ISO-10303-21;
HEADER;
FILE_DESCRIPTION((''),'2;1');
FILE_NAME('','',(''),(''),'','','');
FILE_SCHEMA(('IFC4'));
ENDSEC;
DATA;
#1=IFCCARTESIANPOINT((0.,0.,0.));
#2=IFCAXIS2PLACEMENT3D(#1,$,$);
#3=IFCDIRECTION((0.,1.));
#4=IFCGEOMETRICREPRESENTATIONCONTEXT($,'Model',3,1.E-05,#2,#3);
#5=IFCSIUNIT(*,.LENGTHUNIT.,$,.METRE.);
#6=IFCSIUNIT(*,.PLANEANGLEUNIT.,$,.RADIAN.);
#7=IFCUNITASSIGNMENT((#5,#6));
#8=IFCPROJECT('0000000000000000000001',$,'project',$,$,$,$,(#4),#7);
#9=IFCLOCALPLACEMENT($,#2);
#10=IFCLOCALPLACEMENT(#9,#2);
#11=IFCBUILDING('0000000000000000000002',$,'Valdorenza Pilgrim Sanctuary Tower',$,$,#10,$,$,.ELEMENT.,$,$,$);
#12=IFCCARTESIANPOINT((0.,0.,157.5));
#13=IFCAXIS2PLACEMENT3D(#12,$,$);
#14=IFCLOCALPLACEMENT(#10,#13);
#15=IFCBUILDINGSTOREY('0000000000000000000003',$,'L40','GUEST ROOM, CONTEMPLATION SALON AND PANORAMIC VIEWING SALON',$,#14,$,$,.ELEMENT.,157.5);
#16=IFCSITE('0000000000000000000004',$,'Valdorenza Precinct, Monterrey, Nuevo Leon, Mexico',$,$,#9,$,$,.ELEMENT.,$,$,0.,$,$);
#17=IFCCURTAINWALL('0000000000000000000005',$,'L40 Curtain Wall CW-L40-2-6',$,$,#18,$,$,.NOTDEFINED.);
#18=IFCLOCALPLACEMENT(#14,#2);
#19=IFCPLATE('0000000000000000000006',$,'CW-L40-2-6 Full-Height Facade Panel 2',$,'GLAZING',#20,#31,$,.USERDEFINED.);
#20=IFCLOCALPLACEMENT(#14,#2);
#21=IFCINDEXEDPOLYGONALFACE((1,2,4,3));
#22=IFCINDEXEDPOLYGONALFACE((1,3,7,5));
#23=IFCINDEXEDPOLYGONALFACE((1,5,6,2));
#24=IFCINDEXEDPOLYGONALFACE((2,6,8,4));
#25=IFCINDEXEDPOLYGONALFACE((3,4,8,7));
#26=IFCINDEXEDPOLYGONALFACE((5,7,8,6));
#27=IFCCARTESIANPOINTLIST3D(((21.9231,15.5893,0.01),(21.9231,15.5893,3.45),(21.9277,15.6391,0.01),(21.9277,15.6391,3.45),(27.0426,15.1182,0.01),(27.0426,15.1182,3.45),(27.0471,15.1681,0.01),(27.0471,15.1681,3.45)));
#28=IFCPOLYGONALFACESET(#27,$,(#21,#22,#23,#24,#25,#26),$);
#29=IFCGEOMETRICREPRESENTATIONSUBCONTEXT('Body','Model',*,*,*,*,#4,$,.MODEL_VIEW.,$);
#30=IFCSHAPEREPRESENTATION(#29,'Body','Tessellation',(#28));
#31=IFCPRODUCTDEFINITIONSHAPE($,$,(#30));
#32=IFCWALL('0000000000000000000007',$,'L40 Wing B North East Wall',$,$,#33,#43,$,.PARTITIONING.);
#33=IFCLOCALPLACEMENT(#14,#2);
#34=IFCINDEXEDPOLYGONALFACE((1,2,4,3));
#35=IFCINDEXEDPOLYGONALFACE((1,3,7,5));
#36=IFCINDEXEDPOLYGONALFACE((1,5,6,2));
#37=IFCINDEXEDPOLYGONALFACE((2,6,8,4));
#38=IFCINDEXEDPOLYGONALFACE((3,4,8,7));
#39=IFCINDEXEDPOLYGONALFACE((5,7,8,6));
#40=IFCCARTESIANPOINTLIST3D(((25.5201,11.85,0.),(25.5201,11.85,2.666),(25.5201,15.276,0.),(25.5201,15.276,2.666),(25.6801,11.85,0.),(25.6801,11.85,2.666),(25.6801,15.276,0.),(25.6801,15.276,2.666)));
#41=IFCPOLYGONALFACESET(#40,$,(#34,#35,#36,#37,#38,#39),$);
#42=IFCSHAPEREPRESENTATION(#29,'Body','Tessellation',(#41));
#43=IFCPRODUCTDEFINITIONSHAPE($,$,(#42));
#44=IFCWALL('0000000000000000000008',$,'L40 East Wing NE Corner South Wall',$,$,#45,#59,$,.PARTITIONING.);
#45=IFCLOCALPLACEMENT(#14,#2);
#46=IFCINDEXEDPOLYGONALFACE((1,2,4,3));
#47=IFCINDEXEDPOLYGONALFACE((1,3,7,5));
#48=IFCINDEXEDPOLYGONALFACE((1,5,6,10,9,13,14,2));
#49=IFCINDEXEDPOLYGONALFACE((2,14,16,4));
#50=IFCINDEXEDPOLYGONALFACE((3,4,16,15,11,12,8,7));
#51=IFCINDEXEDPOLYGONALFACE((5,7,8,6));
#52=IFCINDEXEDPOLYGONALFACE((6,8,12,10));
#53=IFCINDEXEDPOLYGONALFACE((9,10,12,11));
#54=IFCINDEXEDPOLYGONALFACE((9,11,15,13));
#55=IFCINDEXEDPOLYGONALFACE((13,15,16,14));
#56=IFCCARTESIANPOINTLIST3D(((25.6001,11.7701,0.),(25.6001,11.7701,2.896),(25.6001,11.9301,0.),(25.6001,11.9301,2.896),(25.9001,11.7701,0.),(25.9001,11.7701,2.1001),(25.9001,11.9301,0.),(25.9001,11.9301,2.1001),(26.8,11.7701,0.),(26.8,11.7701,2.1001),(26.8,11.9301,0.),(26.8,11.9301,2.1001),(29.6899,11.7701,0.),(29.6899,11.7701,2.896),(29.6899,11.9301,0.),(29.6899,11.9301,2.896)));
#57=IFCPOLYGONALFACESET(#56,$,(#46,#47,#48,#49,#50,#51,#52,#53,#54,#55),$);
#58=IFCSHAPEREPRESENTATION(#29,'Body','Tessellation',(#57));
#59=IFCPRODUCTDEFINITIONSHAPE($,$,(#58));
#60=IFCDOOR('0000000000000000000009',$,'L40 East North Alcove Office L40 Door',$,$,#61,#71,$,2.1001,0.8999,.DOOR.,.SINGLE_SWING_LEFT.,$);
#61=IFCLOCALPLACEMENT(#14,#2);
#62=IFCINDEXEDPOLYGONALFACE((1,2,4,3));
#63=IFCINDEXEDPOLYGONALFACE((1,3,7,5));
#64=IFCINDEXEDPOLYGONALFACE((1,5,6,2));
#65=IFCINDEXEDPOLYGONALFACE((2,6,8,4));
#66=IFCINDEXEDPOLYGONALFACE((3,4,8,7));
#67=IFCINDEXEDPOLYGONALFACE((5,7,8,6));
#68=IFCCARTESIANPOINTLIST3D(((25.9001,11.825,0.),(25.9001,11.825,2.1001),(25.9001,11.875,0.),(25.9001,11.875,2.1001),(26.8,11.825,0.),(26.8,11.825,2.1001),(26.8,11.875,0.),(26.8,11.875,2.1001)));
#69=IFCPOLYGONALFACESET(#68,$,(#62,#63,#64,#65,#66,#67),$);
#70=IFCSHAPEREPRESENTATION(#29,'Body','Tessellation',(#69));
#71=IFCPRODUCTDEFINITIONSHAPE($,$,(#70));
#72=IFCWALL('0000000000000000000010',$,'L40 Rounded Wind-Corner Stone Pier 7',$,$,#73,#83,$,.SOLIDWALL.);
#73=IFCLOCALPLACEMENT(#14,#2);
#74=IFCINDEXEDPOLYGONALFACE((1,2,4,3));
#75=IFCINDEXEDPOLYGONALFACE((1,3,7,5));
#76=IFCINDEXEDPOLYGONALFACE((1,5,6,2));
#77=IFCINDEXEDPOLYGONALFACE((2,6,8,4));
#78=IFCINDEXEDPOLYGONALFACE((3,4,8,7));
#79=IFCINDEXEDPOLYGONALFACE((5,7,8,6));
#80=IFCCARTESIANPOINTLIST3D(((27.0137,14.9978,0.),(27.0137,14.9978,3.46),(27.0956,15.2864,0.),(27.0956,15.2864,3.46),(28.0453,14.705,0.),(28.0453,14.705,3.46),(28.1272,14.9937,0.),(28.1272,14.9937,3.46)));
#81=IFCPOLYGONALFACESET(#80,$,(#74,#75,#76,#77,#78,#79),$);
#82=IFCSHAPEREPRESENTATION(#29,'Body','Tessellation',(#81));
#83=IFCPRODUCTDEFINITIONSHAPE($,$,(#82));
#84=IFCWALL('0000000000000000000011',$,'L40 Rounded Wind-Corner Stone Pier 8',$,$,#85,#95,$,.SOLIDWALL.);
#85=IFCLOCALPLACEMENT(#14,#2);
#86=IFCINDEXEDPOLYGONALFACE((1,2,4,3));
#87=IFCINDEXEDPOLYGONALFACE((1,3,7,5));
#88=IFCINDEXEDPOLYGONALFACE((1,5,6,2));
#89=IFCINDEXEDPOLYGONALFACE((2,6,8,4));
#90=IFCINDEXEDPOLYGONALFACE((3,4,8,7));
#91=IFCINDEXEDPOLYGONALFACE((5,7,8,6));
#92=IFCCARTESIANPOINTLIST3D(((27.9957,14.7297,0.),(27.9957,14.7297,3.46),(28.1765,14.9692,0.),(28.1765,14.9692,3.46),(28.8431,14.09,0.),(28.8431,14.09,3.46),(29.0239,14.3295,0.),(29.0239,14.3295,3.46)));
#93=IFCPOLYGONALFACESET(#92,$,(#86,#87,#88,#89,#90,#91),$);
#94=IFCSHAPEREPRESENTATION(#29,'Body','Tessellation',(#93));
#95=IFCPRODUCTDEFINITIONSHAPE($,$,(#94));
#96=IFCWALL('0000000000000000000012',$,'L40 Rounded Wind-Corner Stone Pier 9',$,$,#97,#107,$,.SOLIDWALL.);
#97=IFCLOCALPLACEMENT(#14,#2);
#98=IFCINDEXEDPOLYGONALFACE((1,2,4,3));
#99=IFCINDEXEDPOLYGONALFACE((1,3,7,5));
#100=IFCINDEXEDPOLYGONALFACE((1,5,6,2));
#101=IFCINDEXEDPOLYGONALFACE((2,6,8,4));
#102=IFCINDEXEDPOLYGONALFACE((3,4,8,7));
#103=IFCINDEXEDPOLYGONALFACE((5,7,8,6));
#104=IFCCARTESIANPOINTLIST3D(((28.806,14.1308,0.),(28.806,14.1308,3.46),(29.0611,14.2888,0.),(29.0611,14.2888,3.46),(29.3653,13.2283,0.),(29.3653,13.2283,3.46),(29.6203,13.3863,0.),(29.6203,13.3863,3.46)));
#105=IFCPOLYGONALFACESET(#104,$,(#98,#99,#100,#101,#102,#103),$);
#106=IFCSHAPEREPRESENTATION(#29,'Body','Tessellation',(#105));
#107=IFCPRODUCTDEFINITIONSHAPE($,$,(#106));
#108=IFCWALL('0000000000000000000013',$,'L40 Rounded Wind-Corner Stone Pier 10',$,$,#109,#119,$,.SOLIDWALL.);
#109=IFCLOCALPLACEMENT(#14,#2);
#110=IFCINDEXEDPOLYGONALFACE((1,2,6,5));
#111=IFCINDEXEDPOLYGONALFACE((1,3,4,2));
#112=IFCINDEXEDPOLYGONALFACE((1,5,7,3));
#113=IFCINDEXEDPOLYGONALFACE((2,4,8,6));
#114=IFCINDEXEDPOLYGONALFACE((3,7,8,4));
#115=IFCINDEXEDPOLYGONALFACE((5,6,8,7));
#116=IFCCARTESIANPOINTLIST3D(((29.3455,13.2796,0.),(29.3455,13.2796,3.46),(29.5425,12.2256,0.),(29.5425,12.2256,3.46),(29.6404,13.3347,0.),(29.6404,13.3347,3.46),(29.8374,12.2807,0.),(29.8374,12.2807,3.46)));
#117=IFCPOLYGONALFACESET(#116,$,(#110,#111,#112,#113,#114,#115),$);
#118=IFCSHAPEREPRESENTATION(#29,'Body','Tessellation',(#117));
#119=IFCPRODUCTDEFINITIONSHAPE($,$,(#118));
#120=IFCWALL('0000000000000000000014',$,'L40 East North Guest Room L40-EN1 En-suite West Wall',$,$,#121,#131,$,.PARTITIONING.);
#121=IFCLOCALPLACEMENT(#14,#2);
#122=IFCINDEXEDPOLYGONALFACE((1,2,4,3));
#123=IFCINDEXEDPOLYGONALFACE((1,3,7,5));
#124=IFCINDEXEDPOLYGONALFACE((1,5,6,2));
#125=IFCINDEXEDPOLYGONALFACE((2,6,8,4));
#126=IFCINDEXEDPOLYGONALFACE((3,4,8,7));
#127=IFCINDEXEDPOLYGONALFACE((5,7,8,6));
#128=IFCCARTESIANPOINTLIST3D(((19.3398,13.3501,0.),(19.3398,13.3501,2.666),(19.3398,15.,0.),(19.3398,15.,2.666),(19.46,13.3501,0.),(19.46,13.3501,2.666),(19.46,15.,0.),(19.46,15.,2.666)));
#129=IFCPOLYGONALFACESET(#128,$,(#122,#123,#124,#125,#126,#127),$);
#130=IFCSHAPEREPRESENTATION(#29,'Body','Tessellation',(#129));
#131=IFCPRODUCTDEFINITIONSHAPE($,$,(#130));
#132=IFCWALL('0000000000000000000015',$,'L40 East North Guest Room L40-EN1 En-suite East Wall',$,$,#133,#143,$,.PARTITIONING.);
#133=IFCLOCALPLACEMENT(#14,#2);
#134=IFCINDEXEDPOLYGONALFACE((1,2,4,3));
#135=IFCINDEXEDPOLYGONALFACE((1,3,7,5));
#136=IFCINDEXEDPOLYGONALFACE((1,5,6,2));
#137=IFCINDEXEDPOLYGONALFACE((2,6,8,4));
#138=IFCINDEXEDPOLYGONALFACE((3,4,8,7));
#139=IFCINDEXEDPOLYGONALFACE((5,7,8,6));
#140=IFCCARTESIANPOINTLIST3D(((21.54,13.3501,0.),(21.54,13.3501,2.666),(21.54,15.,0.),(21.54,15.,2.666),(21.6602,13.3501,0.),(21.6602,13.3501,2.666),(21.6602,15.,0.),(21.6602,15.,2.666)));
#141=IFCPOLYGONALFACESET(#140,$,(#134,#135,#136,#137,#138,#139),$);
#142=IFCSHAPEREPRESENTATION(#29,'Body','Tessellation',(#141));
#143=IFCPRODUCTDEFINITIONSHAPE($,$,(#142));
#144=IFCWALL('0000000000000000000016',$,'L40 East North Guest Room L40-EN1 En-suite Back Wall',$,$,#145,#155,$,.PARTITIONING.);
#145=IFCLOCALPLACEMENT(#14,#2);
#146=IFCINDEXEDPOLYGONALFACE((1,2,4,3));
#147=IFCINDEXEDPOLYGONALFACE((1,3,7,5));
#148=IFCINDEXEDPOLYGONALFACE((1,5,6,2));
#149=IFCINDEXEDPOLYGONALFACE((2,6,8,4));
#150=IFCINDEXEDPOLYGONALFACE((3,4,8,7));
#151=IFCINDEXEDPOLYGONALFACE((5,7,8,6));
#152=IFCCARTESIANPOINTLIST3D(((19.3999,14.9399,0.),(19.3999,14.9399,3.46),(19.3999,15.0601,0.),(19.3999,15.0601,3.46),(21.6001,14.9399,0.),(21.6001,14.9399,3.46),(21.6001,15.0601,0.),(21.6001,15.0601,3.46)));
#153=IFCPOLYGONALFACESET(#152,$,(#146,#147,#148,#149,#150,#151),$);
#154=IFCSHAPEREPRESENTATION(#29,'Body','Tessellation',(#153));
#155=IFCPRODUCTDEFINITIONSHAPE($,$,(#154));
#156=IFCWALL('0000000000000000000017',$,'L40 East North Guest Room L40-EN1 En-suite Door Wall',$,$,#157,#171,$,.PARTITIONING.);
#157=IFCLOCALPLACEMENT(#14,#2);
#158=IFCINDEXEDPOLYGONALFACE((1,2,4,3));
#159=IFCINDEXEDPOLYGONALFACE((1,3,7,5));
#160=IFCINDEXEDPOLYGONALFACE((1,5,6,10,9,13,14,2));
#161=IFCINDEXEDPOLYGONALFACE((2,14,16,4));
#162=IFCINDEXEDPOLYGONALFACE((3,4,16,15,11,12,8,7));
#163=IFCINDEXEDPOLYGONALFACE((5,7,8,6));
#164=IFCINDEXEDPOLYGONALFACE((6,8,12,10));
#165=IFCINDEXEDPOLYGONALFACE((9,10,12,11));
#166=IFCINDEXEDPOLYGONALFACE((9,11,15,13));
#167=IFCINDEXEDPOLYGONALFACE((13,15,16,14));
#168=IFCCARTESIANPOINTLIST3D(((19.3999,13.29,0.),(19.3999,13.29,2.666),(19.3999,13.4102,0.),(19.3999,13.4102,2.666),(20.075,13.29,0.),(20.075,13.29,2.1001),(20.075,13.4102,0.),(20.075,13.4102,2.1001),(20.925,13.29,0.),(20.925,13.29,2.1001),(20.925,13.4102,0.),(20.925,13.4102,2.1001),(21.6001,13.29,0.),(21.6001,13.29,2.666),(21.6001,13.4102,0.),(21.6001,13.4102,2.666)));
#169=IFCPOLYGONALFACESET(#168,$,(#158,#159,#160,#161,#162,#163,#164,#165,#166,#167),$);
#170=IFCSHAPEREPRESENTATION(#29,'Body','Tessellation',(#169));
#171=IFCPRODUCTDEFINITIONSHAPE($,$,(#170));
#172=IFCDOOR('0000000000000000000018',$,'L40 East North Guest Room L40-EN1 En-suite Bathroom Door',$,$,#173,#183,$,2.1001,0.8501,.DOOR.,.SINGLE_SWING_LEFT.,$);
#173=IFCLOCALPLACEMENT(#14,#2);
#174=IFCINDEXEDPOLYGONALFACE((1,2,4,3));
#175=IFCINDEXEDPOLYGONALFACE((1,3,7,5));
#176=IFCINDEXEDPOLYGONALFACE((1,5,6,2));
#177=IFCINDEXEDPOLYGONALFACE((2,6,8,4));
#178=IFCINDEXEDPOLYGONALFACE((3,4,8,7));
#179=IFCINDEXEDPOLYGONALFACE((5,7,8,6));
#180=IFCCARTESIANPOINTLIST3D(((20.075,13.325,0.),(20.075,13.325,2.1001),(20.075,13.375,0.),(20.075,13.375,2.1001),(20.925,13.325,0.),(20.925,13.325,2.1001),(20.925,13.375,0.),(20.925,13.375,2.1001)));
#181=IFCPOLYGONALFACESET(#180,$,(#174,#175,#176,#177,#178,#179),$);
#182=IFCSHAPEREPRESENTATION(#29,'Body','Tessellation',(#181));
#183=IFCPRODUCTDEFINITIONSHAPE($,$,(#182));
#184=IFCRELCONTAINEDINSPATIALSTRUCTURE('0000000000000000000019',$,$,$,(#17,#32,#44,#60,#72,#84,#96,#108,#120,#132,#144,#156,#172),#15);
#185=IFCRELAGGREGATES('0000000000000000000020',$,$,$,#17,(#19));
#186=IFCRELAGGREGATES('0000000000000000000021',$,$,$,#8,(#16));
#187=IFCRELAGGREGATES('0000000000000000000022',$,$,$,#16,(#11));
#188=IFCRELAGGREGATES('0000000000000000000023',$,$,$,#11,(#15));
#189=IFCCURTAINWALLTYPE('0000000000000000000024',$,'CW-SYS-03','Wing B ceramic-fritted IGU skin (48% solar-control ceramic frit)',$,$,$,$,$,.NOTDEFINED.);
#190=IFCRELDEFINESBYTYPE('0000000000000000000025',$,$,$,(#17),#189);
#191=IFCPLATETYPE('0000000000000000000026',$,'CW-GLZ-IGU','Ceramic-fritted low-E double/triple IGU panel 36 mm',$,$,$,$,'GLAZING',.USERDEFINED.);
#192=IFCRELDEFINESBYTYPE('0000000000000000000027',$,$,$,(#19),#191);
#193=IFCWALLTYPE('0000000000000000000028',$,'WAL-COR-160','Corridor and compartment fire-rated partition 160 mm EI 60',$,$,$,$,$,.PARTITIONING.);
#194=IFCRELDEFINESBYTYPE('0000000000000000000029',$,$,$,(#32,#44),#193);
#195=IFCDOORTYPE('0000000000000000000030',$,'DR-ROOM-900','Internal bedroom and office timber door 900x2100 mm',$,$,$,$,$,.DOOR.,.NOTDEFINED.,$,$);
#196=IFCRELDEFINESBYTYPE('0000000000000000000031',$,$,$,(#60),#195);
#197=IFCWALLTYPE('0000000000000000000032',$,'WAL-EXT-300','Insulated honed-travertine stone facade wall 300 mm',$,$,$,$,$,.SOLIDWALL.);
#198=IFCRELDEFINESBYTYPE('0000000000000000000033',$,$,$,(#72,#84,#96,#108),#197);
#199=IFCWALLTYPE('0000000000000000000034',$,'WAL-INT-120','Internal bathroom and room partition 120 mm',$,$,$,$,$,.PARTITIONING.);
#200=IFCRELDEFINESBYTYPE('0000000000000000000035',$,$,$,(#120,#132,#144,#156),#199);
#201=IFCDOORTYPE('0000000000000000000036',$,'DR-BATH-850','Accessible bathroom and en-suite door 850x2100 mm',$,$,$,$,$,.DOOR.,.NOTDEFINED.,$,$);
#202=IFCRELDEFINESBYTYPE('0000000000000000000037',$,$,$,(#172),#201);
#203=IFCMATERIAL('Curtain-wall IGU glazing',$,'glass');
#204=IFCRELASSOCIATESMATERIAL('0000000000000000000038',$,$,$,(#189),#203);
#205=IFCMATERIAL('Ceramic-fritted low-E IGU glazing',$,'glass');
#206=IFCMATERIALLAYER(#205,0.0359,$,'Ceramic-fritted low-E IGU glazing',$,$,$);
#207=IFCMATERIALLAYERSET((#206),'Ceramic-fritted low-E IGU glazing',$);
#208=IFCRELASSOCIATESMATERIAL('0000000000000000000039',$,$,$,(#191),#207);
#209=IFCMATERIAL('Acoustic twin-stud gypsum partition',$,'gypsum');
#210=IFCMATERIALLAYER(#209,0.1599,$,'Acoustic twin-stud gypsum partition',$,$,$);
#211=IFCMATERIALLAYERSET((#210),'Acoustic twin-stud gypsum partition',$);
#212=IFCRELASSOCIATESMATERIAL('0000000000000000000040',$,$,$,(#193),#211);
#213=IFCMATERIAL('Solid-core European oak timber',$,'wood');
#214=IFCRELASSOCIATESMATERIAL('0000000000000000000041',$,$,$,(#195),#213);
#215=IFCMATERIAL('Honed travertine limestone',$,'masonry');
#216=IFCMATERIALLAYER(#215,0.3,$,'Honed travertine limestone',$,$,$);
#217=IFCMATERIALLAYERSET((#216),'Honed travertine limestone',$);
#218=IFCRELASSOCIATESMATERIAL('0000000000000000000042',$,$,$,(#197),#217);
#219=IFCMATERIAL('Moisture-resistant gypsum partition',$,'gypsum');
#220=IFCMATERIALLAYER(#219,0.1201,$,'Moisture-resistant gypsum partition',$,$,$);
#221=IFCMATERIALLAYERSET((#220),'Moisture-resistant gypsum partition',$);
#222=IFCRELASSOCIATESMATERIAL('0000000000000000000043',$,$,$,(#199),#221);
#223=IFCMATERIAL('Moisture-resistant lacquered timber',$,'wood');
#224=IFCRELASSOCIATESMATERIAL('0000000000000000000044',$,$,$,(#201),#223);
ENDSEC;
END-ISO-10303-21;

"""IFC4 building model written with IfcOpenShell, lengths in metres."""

from ifc_helpers import new_model, si_unit, direction, frame, frame_2d, origin, origin_2d, place, context, subcontext, project, spatial, rectangle, extrude, source, transform, mapped, material, layer, layer_set, type_object, element, fill, aggregate, save


model = new_model("IFC4")

# Units and contexts
model_context = context("Model", 3, precision=1e-05, world=origin(), true_north=direction((0.0, 1.0)))
body_context = subcontext(model_context, "Body", "Model", "MODEL_VIEW")
ifc_project = project(units=[si_unit("LENGTHUNIT", "METRE"), si_unit("PLANEANGLEUNIT", "RADIAN")], contexts=[model_context])

# Site, building, storey
site_placement = place(None, origin())
site = spatial("IfcSite", under=ifc_project, at=site_placement, Name="Valdorenza Precinct, Monterrey, Nuevo Leon, Mexico", CompositionType="ELEMENT", RefElevation=0.0)
building_placement = place(site_placement, origin())
building = spatial("IfcBuilding", under=site, at=building_placement, Name="Valdorenza Pilgrim Sanctuary Tower", CompositionType="ELEMENT")
storey_placement = place(building_placement, frame((0.0, 0.0, 157.5)))
storey = spatial("IfcBuildingStorey", under=building, at=storey_placement, Name="L40", Description="GUEST ROOM, CONTEMPLATION SALON AND PANORAMIC VIEWING SALON", CompositionType="ELEMENT", Elevation=157.5)

# Curtain wall
ifc_material_1 = material(Name="Curtain-wall IGU glazing", Category="glass")
curtain_wall_type = type_object("IfcCurtainWallType", Name="CW-SYS-03", Description="Wing B ceramic-fritted IGU skin (48% solar-control ceramic frit)", PredefinedType="NOTDEFINED", material=ifc_material_1)
curtain_wall_1_placement = place(storey_placement, origin())
curtain_wall_1 = element("IfcCurtainWall", 1, at=curtain_wall_1_placement, inside=storey, type_object=curtain_wall_type, Name="L40 Curtain Wall CW-L40-2-6", PredefinedType="NOTDEFINED")

# Plate
ifc_material_2 = material(Name="Honed travertine limestone", Category="masonry")
ifc_material_3 = material(Name="Ceramic-fritted low-E IGU glazing", Category="glass")
ifc_layer_1 = layer(ifc_material_3, 0.0359, Name="Ceramic-fritted low-E IGU glazing")
ifc_layer_set_1 = layer_set([ifc_layer_1], Name="Ceramic-fritted low-E IGU glazing")
plate_type_1 = type_object("IfcPlateType", Name="CW-GLZ-IGU", Description="Ceramic-fritted low-E double/triple IGU panel 36 mm", ElementType="GLAZING", PredefinedType="USERDEFINED", material=ifc_layer_set_1)
shared_shape_1 = source(origin(), body_context, "Body", "SweptSolid", [
    extrude(rectangle(XDim=5.1411, YDim=0.05, at=origin_2d()), origin(), (0.0, 0.0, 1.0), 3.4399),
])
plate_1_placement = place(storey_placement, frame((24.4851, 15.3787, 0.01), z_axis=(0.0, 0.0, 1.0), x_axis=(0.995794, -0.091623, 0.0)))
plate_1 = element("IfcPlate", 2, at=plate_1_placement, type_object=plate_type_1, Name="CW-L40-2-6 Full-Height Facade Panel 2", ObjectType="GLAZING", PredefinedType="USERDEFINED", context=body_context, shape_type="MappedRepresentation", body=[
    mapped(shared_shape_1, transform((0.0, 0.0, 0.0), x_axis=(1.0, 0.0, 0.0), y_axis=(0.0, 1.0, 0.0), z_axis=(0.0, 0.0, 1.0), scale=1.0)),
])
aggregate(curtain_wall_1, [plate_1])

# Wall
ifc_material_4 = material(Name="Acoustic twin-stud gypsum partition", Category="gypsum")
ifc_layer_2 = layer(ifc_material_4, 0.1599, Name="Acoustic twin-stud gypsum partition")
ifc_layer_set_2 = layer_set([ifc_layer_2], Name="Acoustic twin-stud gypsum partition")
wall_type_1 = type_object("IfcWallType", Name="WAL-COR-160", Description="Corridor and compartment fire-rated partition 160 mm EI 60", PredefinedType="PARTITIONING", material=ifc_layer_set_2)
wall_1_placement = place(storey_placement, frame((25.6001, 11.8501, 0.0), z_axis=(0.0, 0.0, 1.0), x_axis=(0.0, 1.0, 0.0)))
element("IfcWall", 3, at=wall_1_placement, inside=storey, type_object=wall_type_1, Name="L40 Wing B North East Wall", PredefinedType="PARTITIONING", context=body_context, shape_type="SweptSolid", body=[
    extrude(rectangle(XDim=3.426, YDim=0.1599, at=frame_2d((1.7129, 0.0))), origin(), (0.0, 0.0, 1.0), 2.666),
])

# Wall, opening, door
wall_2_placement = place(storey_placement, frame((25.6001, 11.8501, 0.0), z_axis=(0.0, 0.0, 1.0), x_axis=(1.0, 0.0, 0.0)))
wall_2 = element("IfcWall", 4, at=wall_2_placement, inside=storey, type_object=wall_type_1, Name="L40 East Wing NE Corner South Wall", PredefinedType="PARTITIONING", context=body_context, shape_type="SweptSolid", body=[
    extrude(rectangle(XDim=4.0898, YDim=0.1599, at=frame_2d((2.0449, 0.0))), origin(), (0.0, 0.0, 1.0), 2.896),
])
opening_1_placement = place(wall_2_placement, frame((0.3, 0.0, 0.0)))
opening_1 = element("IfcOpeningElement", 5, at=opening_1_placement, cuts=wall_2, PredefinedType="OPENING", context=body_context, shape_type="SweptSolid", body=[
    extrude(rectangle(XDim=0.8999, YDim=2.1001, at=frame_2d((0.45, 1.05))), frame((0.0, 0.0947, 0.0), z_axis=(0.0, -1.0, 0.0), x_axis=(1.0, 0.0, 0.0)), (0.0, 0.0, 1.0), 0.1897),
])
ifc_material_5 = material(Name="Solid-core European oak timber", Category="wood")
door_type_1 = type_object("IfcDoorType", Name="DR-ROOM-900", Description="Internal bedroom and office timber door 900x2100 mm", OperationType="NOTDEFINED", PredefinedType="DOOR", material=ifc_material_5)
door_1_placement = place(opening_1_placement, origin())
door_1 = element("IfcDoor", 6, at=door_1_placement, inside=storey, type_object=door_type_1, Name="L40 East North Alcove Office L40 Door", OperationType="SINGLE_SWING_LEFT", OverallHeight=2.1001, OverallWidth=0.8999, PredefinedType="DOOR", context=body_context, shape_type="SweptSolid", body=[
    extrude(rectangle(XDim=0.8999, YDim=2.1001, at=frame_2d((0.45, 1.05))), frame((0.0, 0.0249, 0.0), z_axis=(0.0, -1.0, 0.0), x_axis=(1.0, 0.0, 0.0)), (0.0, 0.0, 1.0), 0.05),
])
fill(opening_1, door_1)

# Walls
ifc_layer_3 = layer(ifc_material_2, 0.3, Name="Honed travertine limestone")
ifc_layer_set_3 = layer_set([ifc_layer_3], Name="Honed travertine limestone")
wall_type_2 = type_object("IfcWallType", Name="WAL-EXT-300", Description="Insulated honed-travertine stone facade wall 300 mm", PredefinedType="SOLIDWALL", material=ifc_layer_set_3)
wall_3_placement = place(storey_placement, frame((27.0547, 15.1421, 0.0), z_axis=(0.0, 0.0, 1.0), x_axis=(0.962012, -0.273007, 0.0)))
element("IfcWall", 7, at=wall_3_placement, inside=storey, type_object=wall_type_2, Name="L40 Rounded Wind-Corner Stone Pier 7", PredefinedType="SOLIDWALL", context=body_context, shape_type="SweptSolid", body=[
    extrude(rectangle(XDim=1.0723, YDim=0.3, at=frame_2d((0.5361, 0.0))), origin(), (0.0, 0.0, 1.0), 3.46),
])
for number, where, z_axis, x_axis, name in (
    (8, (28.0862, 14.8494, 0.0), (0.0, 0.0, 1.0), (0.798147, -0.602462, 0.0), "L40 Rounded Wind-Corner Stone Pier 8"),
    (9, (28.9336, 14.2097, 0.0), (0.0, 0.0, 1.0), (0.52675, -0.85002, 0.0), "L40 Rounded Wind-Corner Stone Pier 9"),
):
    element("IfcWall", number, at=place(storey_placement, frame(where, z_axis=z_axis, x_axis=x_axis)), inside=storey, type_object=wall_type_2, Name=name, PredefinedType="SOLIDWALL", context=body_context, shape_type="SweptSolid", body=[
        extrude(rectangle(XDim=1.0618, YDim=0.3, at=frame_2d((0.5308, 0.0))), origin(), (0.0, 0.0, 1.0), 3.46),
    ])
wall_4_placement = place(storey_placement, frame((29.4929, 13.3071, 0.0), z_axis=(0.0, 0.0, 1.0), x_axis=(0.183752, -0.982973, 0.0)))
element("IfcWall", 10, at=wall_4_placement, inside=storey, type_object=wall_type_2, Name="L40 Rounded Wind-Corner Stone Pier 10", PredefinedType="SOLIDWALL", context=body_context, shape_type="SweptSolid", body=[
    extrude(rectangle(XDim=1.0723, YDim=0.3, at=frame_2d((0.5361, 0.0))), origin(), (0.0, 0.0, 1.0), 3.46),
])
ifc_material_6 = material(Name="Moisture-resistant gypsum partition", Category="gypsum")
ifc_layer_4 = layer(ifc_material_6, 0.1201, Name="Moisture-resistant gypsum partition")
ifc_layer_set_4 = layer_set([ifc_layer_4], Name="Moisture-resistant gypsum partition")
wall_type_3 = type_object("IfcWallType", Name="WAL-INT-120", Description="Internal bathroom and room partition 120 mm", PredefinedType="PARTITIONING", material=ifc_layer_set_4)
for number, where, z_axis, x_axis, name in (
    (11, (19.3999, 13.3501, 0.0), (0.0, 0.0, 1.0), (0.0, 1.0, 0.0), "L40 East North Guest Room L40-EN1 En-suite West Wall"),
    (12, (21.6001, 13.3501, 0.0), (0.0, 0.0, 1.0), (0.0, 1.0, 0.0), "L40 East North Guest Room L40-EN1 En-suite East Wall"),
):
    element("IfcWall", number, at=place(storey_placement, frame(where, z_axis=z_axis, x_axis=x_axis)), inside=storey, type_object=wall_type_3, Name=name, PredefinedType="PARTITIONING", context=body_context, shape_type="SweptSolid", body=[
        extrude(rectangle(XDim=1.6499, YDim=0.1201, at=frame_2d((0.825, 0.0))), origin(), (0.0, 0.0, 1.0), 2.666),
    ])
wall_5_placement = place(storey_placement, frame((19.3999, 15.0, 0.0), z_axis=(0.0, 0.0, 1.0), x_axis=(1.0, 0.0, 0.0)))
element("IfcWall", 13, at=wall_5_placement, inside=storey, type_object=wall_type_3, Name="L40 East North Guest Room L40-EN1 En-suite Back Wall", PredefinedType="PARTITIONING", context=body_context, shape_type="SweptSolid", body=[
    extrude(rectangle(XDim=2.2002, YDim=0.1201, at=frame_2d((1.1001, 0.0))), origin(), (0.0, 0.0, 1.0), 3.46),
])

# Wall, opening, door
wall_6_placement = place(storey_placement, frame((19.3999, 13.3501, 0.0), z_axis=(0.0, 0.0, 1.0), x_axis=(1.0, 0.0, 0.0)))
wall_6 = element("IfcWall", 14, at=wall_6_placement, inside=storey, type_object=wall_type_3, Name="L40 East North Guest Room L40-EN1 En-suite Door Wall", PredefinedType="PARTITIONING", context=body_context, shape_type="SweptSolid", body=[
    extrude(rectangle(XDim=2.2002, YDim=0.1201, at=frame_2d((1.1001, 0.0))), origin(), (0.0, 0.0, 1.0), 2.666),
])
opening_2_placement = place(wall_6_placement, frame((0.675, 0.0, 0.0)))
opening_2 = element("IfcOpeningElement", 15, at=opening_2_placement, cuts=wall_6, PredefinedType="OPENING", context=body_context, shape_type="SweptSolid", body=[
    extrude(rectangle(XDim=0.8501, YDim=2.1001, at=frame_2d((0.425, 1.05))), frame((0.0, 0.075, 0.0), z_axis=(0.0, -1.0, 0.0), x_axis=(1.0, 0.0, 0.0)), (0.0, 0.0, 1.0), 0.1499),
])
ifc_material_7 = material(Name="Moisture-resistant lacquered timber", Category="wood")
door_type_2 = type_object("IfcDoorType", Name="DR-BATH-850", Description="Accessible bathroom and en-suite door 850x2100 mm", OperationType="NOTDEFINED", PredefinedType="DOOR", material=ifc_material_7)
door_2_placement = place(opening_2_placement, origin())
door_2 = element("IfcDoor", 16, at=door_2_placement, inside=storey, type_object=door_type_2, Name="L40 East North Guest Room L40-EN1 En-suite Bathroom Door", OperationType="SINGLE_SWING_LEFT", OverallHeight=2.1001, OverallWidth=0.8501, PredefinedType="DOOR", context=body_context, shape_type="SweptSolid", body=[
    extrude(rectangle(XDim=0.8501, YDim=2.1001, at=frame_2d((0.425, 1.05))), frame((0.0, 0.0249, 0.0), z_axis=(0.0, -1.0, 0.0), x_axis=(1.0, 0.0, 0.0)), (0.0, 0.0, 1.0), 0.05),
])
fill(opening_2, door_2)

save(model, "model.ifc")
